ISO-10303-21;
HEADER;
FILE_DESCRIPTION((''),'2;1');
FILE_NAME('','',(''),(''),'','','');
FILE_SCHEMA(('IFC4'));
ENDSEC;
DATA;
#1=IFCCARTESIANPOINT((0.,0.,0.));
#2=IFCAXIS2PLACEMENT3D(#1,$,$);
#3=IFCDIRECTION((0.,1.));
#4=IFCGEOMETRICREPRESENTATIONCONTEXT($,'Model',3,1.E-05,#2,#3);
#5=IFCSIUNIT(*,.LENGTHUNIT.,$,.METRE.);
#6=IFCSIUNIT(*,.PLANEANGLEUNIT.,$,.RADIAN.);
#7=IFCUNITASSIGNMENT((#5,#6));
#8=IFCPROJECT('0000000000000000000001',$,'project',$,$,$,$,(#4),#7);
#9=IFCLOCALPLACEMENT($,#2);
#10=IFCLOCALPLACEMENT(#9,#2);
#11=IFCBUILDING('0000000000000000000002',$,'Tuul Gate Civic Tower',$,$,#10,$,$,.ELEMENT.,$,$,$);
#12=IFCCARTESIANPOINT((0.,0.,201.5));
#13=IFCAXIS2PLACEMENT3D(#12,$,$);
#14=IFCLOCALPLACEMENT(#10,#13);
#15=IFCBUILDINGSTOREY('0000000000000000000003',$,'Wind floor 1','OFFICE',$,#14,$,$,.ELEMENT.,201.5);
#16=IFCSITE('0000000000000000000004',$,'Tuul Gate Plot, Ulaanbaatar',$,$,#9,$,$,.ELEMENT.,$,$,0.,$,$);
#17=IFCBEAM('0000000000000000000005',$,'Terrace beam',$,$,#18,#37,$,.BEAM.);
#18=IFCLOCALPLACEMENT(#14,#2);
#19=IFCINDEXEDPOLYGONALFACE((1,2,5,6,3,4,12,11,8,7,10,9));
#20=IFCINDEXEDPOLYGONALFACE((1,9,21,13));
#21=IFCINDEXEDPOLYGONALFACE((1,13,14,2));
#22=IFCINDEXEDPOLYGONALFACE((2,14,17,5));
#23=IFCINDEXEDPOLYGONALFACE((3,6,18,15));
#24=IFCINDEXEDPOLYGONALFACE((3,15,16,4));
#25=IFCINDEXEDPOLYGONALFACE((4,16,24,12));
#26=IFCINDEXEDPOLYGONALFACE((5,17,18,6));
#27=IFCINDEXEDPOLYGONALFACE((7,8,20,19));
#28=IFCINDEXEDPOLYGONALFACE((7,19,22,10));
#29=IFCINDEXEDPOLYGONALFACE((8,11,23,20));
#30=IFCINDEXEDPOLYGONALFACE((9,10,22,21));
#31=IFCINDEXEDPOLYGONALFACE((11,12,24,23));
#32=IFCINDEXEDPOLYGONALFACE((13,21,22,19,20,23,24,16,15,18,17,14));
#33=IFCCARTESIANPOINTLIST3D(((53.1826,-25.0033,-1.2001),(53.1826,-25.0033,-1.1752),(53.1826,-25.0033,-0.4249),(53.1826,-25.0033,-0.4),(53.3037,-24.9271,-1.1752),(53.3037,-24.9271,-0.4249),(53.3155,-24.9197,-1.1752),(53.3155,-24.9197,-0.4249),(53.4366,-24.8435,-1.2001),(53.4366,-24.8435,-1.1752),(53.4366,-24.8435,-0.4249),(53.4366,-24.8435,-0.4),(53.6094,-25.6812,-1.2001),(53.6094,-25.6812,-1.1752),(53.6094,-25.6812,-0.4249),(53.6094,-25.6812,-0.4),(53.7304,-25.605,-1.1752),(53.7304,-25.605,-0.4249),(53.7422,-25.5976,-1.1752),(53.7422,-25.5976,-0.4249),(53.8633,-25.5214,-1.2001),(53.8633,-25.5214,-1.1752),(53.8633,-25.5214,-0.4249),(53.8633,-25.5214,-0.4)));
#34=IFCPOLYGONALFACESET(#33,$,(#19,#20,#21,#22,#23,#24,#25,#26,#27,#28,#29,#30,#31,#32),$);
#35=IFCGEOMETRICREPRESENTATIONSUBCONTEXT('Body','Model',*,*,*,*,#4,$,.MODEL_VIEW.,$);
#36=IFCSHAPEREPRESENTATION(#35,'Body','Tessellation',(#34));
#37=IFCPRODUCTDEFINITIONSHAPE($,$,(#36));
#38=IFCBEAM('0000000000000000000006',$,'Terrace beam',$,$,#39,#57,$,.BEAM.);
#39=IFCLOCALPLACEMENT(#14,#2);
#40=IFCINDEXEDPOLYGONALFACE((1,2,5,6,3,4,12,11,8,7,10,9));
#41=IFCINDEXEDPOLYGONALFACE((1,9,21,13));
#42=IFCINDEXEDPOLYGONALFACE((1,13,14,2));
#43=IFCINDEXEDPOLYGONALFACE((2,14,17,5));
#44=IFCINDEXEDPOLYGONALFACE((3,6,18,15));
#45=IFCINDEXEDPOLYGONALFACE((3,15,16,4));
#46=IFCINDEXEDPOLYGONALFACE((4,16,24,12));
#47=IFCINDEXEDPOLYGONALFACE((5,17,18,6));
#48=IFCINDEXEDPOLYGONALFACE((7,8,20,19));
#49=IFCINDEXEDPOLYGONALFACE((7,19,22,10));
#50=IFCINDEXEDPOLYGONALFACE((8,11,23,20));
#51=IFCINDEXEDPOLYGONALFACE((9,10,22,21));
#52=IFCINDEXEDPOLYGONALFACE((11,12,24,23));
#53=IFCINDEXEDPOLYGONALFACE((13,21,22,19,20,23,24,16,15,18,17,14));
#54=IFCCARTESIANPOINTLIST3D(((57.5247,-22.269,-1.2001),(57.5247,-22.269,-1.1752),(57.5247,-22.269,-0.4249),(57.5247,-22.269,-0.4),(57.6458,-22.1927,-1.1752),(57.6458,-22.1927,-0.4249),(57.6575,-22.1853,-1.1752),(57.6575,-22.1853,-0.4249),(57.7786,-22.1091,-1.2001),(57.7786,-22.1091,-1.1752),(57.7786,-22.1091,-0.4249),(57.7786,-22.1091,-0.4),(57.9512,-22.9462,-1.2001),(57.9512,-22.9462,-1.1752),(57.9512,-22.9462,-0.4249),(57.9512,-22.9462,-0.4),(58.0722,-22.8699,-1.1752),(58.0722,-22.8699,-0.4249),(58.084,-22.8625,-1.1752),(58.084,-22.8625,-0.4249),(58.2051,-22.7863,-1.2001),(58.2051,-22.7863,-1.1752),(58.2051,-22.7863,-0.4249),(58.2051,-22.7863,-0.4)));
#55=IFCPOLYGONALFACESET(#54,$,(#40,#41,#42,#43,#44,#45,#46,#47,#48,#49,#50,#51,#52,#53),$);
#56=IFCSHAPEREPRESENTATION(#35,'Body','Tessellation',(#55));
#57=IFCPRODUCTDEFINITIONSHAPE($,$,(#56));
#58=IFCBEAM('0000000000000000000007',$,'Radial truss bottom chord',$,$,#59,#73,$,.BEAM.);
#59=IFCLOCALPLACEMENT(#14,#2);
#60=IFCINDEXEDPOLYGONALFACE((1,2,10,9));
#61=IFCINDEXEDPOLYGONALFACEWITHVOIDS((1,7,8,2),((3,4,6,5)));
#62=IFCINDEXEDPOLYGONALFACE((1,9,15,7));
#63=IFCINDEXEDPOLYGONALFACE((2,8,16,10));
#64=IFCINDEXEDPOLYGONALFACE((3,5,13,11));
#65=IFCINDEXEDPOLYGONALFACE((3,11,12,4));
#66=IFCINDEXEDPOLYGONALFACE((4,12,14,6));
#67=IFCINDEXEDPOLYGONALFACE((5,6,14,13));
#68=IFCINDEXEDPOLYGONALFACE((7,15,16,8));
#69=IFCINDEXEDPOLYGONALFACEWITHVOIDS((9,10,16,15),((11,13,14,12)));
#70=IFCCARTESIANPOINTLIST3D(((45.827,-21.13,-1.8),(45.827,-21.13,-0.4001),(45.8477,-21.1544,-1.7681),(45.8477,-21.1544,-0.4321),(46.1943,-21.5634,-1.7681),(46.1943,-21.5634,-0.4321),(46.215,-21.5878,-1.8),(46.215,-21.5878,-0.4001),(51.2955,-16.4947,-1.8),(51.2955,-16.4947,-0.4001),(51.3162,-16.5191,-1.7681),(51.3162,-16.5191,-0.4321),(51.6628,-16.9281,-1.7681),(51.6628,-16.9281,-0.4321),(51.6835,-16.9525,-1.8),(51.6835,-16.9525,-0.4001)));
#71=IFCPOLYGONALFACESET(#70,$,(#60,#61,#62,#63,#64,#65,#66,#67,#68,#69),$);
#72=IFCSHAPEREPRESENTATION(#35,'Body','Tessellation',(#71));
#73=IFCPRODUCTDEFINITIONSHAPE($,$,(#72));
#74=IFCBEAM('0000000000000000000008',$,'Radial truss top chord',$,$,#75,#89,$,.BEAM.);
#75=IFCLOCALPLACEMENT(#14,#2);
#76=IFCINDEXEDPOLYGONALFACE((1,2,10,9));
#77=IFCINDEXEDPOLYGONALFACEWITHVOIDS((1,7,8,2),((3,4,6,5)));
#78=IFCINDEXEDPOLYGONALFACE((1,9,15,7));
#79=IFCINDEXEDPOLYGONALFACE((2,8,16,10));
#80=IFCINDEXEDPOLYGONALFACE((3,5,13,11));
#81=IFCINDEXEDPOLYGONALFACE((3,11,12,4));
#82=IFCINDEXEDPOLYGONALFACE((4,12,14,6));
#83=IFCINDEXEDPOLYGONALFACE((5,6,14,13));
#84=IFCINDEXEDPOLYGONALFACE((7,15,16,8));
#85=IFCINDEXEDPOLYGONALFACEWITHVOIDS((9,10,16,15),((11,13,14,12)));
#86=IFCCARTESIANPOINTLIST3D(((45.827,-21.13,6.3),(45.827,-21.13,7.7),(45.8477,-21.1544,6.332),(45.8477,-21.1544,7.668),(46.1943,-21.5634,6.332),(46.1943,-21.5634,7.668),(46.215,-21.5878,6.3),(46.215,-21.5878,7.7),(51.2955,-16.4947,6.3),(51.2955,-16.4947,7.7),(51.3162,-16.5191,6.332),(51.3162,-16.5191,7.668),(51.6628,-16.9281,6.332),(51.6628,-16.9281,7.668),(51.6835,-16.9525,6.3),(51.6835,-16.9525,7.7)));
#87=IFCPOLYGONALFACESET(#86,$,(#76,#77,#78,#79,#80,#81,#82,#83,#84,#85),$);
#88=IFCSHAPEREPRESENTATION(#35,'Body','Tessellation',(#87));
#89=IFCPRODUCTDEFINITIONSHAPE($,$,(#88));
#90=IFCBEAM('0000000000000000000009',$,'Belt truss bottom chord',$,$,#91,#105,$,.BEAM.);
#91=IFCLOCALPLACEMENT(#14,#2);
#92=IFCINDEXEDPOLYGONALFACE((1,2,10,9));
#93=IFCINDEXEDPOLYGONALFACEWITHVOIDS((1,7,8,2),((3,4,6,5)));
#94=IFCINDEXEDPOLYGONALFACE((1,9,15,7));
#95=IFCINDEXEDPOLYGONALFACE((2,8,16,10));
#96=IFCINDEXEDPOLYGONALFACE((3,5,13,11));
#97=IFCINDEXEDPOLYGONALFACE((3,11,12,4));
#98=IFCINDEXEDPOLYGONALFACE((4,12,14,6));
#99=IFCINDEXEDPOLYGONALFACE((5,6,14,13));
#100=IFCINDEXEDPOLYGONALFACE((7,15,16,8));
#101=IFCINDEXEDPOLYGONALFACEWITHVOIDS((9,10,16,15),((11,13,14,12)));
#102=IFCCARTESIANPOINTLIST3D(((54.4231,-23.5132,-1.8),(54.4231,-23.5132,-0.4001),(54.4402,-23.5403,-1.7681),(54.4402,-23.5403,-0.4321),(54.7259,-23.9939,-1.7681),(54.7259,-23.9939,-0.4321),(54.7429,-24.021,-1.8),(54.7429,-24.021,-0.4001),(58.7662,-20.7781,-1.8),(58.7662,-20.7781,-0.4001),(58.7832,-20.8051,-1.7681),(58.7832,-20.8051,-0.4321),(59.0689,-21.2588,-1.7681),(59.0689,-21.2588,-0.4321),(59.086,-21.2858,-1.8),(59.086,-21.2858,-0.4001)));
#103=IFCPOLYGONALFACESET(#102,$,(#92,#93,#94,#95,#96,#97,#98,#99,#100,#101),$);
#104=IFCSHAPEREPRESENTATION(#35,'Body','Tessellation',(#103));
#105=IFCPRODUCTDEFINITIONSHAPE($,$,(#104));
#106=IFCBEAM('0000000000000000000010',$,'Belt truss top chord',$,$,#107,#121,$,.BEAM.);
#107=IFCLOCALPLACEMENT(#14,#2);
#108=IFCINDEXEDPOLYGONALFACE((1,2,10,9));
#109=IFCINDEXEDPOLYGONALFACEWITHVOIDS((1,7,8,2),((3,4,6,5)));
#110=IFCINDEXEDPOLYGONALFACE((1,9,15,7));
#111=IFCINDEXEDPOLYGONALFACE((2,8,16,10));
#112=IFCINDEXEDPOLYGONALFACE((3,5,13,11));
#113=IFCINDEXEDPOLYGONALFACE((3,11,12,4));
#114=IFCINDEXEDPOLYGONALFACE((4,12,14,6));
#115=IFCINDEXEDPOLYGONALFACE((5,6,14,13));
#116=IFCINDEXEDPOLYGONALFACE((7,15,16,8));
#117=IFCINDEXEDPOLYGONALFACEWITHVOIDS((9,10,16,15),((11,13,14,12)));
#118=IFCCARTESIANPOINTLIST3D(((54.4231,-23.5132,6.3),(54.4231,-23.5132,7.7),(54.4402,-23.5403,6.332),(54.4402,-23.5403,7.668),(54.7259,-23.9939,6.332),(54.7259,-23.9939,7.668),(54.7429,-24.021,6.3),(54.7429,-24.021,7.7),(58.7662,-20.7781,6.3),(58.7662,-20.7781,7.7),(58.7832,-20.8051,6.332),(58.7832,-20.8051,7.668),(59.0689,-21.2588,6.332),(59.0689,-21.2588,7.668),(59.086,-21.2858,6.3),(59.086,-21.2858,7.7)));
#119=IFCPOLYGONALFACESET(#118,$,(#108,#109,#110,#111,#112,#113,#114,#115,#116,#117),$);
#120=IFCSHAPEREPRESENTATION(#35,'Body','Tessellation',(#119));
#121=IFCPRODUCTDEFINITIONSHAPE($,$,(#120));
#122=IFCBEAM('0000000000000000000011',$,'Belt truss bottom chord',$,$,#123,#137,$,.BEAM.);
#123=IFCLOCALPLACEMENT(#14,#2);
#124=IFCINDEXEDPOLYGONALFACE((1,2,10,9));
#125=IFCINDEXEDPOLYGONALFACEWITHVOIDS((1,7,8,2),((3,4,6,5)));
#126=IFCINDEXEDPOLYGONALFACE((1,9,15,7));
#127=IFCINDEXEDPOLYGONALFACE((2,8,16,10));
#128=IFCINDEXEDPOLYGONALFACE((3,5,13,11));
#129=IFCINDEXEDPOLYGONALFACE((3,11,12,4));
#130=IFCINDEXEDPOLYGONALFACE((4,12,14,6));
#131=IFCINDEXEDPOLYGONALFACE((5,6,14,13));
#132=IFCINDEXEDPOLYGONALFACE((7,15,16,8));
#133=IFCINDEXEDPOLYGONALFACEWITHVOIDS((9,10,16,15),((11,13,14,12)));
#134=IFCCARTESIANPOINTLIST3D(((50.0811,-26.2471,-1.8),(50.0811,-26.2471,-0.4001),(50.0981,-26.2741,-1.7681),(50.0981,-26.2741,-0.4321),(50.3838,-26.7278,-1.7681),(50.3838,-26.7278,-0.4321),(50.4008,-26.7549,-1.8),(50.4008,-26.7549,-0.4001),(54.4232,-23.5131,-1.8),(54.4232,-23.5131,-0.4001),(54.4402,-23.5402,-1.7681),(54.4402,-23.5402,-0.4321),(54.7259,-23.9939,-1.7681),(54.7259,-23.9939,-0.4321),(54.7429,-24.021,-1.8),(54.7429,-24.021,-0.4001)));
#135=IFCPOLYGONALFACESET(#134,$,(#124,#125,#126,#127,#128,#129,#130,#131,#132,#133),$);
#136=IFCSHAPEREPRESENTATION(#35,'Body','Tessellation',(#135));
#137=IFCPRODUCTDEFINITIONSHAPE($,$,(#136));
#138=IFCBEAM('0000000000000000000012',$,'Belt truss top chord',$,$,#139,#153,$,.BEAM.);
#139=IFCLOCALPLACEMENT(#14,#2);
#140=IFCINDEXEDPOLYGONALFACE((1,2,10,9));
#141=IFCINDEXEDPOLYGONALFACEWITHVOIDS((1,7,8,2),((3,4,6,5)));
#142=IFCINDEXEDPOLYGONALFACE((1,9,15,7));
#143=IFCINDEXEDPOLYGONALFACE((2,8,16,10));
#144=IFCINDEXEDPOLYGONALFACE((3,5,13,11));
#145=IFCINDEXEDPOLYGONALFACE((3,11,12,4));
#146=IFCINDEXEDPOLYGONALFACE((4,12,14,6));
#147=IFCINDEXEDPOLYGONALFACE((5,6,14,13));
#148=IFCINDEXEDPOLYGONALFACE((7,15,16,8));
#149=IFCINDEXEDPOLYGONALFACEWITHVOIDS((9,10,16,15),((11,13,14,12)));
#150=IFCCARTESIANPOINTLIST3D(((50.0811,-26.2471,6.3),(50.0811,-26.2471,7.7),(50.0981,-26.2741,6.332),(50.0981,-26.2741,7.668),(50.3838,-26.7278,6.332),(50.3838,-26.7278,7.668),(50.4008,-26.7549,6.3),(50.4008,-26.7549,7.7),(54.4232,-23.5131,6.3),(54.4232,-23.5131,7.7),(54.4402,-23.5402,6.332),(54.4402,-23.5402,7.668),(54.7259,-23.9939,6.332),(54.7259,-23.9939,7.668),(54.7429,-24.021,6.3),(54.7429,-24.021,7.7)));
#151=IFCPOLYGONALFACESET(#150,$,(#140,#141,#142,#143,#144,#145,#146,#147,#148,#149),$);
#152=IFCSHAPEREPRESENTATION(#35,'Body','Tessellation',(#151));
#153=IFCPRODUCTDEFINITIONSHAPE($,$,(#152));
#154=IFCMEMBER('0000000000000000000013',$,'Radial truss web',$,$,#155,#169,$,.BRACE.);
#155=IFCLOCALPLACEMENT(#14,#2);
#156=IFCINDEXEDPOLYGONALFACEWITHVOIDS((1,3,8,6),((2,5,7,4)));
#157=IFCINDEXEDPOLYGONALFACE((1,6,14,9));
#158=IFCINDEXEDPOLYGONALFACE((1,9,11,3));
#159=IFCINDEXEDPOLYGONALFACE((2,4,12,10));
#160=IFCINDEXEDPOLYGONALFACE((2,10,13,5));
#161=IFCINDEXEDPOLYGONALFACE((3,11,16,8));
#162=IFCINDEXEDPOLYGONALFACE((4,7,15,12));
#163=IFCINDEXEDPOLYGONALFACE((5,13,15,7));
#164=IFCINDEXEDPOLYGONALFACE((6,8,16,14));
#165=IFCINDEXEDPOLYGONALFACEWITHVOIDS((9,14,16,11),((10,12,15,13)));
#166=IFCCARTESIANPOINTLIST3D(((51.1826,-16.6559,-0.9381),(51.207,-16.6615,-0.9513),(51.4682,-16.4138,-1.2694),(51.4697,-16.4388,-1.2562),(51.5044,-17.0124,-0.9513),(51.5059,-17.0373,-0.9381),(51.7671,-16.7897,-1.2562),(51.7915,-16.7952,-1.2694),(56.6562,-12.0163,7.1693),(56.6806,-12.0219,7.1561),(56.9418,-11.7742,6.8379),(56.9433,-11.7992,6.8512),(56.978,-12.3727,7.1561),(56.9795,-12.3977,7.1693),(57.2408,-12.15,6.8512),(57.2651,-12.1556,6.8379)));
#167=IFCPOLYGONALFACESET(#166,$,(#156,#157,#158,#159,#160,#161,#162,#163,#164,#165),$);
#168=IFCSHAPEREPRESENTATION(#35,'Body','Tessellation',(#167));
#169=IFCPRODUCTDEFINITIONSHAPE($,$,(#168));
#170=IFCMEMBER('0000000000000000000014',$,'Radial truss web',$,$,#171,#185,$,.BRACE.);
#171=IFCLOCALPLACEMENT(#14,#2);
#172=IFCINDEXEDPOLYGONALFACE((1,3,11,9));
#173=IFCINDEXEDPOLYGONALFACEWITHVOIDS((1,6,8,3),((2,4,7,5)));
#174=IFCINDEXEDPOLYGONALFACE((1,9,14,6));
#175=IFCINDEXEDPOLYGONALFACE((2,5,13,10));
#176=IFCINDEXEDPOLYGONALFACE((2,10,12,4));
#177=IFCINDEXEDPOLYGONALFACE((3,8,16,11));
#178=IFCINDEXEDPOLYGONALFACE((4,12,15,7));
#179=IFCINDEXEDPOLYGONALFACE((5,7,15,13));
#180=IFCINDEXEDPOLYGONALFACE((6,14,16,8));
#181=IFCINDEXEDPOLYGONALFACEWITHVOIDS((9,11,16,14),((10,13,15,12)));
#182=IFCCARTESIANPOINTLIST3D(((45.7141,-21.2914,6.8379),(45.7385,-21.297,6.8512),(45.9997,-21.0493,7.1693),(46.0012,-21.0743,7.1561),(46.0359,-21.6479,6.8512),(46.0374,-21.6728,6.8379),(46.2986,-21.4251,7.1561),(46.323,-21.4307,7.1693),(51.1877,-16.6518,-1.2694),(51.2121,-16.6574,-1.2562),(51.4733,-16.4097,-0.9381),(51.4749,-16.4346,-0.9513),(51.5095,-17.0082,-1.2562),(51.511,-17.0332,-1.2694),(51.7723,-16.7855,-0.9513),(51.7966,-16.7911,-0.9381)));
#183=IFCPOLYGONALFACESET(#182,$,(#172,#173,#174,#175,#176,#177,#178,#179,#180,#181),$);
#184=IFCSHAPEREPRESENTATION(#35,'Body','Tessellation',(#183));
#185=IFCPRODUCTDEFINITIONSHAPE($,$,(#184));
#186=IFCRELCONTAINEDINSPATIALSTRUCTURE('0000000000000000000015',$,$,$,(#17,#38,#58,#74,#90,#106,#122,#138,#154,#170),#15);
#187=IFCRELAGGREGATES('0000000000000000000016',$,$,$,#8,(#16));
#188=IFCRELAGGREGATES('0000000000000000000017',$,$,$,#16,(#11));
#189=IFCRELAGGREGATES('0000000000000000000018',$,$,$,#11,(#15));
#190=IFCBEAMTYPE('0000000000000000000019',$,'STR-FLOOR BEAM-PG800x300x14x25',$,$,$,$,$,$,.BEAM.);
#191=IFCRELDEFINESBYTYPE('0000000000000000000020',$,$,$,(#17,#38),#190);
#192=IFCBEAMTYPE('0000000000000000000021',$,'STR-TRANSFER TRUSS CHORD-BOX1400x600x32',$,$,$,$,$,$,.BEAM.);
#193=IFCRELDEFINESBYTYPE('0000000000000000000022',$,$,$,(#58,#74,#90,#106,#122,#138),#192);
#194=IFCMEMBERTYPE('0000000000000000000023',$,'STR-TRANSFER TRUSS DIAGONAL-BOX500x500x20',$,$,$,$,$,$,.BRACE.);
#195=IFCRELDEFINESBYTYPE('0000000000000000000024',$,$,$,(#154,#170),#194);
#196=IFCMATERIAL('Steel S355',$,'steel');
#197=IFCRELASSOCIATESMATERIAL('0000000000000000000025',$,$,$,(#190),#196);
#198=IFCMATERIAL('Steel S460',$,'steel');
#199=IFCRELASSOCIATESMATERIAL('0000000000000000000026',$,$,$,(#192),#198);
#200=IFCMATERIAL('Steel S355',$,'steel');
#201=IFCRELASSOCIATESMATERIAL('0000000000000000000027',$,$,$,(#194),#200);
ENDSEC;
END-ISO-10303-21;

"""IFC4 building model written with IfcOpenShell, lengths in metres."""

from ifc_helpers import new_model, si_unit, direction, frame, origin, origin_2d, place, context, subcontext, project, spatial, hollow_rectangle, i_section, extrude, material, material_profile, profile_set, type_object, element, save


model = new_model("IFC4")

# Units and contexts
model_context = context("Model", 3, precision=1e-05, world=origin(), true_north=direction((0.0, 1.0)))
body_context = subcontext(model_context, "Body", "Model", "MODEL_VIEW")
ifc_project = project(units=[si_unit("LENGTHUNIT", "METRE"), si_unit("PLANEANGLEUNIT", "RADIAN")], contexts=[model_context])

# Site, building, storey
site_placement = place(None, origin())
site = spatial("IfcSite", under=ifc_project, at=site_placement, Name="Tuul Gate Plot, Ulaanbaatar", CompositionType="ELEMENT", RefElevation=0.0)
building_placement = place(site_placement, origin())
building = spatial("IfcBuilding", under=site, at=building_placement, Name="Tuul Gate Civic Tower", CompositionType="ELEMENT")
storey_placement = place(building_placement, frame((0.0, 0.0, 201.5)))
storey = spatial("IfcBuildingStorey", under=building, at=storey_placement, Name="Wind floor 1", Description="OFFICE", CompositionType="ELEMENT", Elevation=201.5)

# Beams
ifc_material_1 = material(Name="Steel S355", Category="steel")
ifc_material_profile_1 = material_profile(ifc_material_1, i_section(OverallWidth=0.3, OverallDepth=0.8, WebThickness=0.0139, FlangeThickness=0.0249, at=origin_2d()), Name="PG800x300x14x25")
ifc_profile_set_1 = profile_set([ifc_material_profile_1], Name="Steel S355")
beam_type_1 = type_object("IfcBeamType", Name="STR-FLOOR BEAM-PG800x300x14x25", PredefinedType="BEAM", material=ifc_profile_set_1)
beam_1_placement = place(storey_placement, frame((53.7363, -25.6013, -0.8), z_axis=(-0.532708, 0.846299, 0.0), x_axis=(-0.846299, -0.532708, 0.0)))
element("IfcBeam", 1, at=beam_1_placement, inside=storey, type_object=beam_type_1, Name="Terrace beam", PredefinedType="BEAM", context=body_context, shape_type="SweptSolid", body=[
    extrude(i_section(OverallWidth=0.3, OverallDepth=0.8, WebThickness=0.0139, FlangeThickness=0.0249, at=origin_2d()), origin(), (0.0, 0.0, 1.0), 0.801),
])
beam_2_placement = place(storey_placement, frame((58.0781, -22.8662, -0.8), z_axis=(-0.532902, 0.846177, 0.0), x_axis=(-0.846177, -0.532902, 0.0)))
element("IfcBeam", 2, at=beam_2_placement, inside=storey, type_object=beam_type_1, Name="Terrace beam", PredefinedType="BEAM", context=body_context, shape_type="SweptSolid", body=[
    extrude(i_section(OverallWidth=0.3, OverallDepth=0.8, WebThickness=0.0139, FlangeThickness=0.0249, at=origin_2d()), origin(), (0.0, 0.0, 1.0), 0.8003),
])
ifc_material_2 = material(Name="Steel S460", Category="steel")
ifc_material_profile_2 = material_profile(ifc_material_2, hollow_rectangle(XDim=0.6001, YDim=1.3999, WallThickness=0.032, at=origin_2d()), Name="BOX1400x600x32")
ifc_profile_set_2 = profile_set([ifc_material_profile_2], Name="Steel S460")
beam_type_2 = type_object("IfcBeamType", Name="STR-TRANSFER TRUSS CHORD-BOX1400x600x32", PredefinedType="BEAM", material=ifc_profile_set_2)
for number, where, z_axis, x_axis, name in (
    (3, (51.4895, -16.7236, -1.1001), (-0.762832, -0.646597, 0.0), (0.646597, -0.762832, 0.0), "Radial truss bottom chord"),
    (4, (51.4895, -16.7236, 7.0), (-0.762832, -0.646597, 0.0), (0.646597, -0.762832, 0.0), "Radial truss top chord"),
):
    element("IfcBeam", number, at=place(storey_placement, frame(where, z_axis=z_axis, x_axis=x_axis)), inside=storey, type_object=beam_type_2, Name=name, PredefinedType="BEAM", context=body_context, shape_type="SweptSolid", body=[
        extrude(hollow_rectangle(XDim=0.6001, YDim=1.3999, WallThickness=0.032, at=origin_2d()), origin(), (0.0, 0.0, 1.0), 7.1687),
    ])
for number, where, z_axis, x_axis, name in (
    (5, (54.583, -23.7671, -1.1001), (0.846179, 0.532899, 0.0), (-0.532899, 0.846179, 0.0), "Belt truss bottom chord"),
    (6, (54.583, -23.7671, 7.0), (0.846179, 0.532899, 0.0), (-0.532899, 0.846179, 0.0), "Belt truss top chord"),
):
    element("IfcBeam", number, at=place(storey_placement, frame(where, z_axis=z_axis, x_axis=x_axis)), inside=storey, type_object=beam_type_2, Name=name, PredefinedType="BEAM", context=body_context, shape_type="SweptSolid", body=[
        extrude(hollow_rectangle(XDim=0.6001, YDim=1.3999, WallThickness=0.032, at=origin_2d()), origin(), (0.0, 0.0, 1.0), 5.1326),
    ])
for number, where, z_axis, x_axis, name in (
    (7, (50.241, -26.501, -1.1001), (0.846232, 0.532815, 0.0), (-0.532815, 0.846232, 0.0), "Belt truss bottom chord"),
    (8, (50.241, -26.501, 7.0), (0.846232, 0.532815, 0.0), (-0.532815, 0.846232, 0.0), "Belt truss top chord"),
):
    element("IfcBeam", number, at=place(storey_placement, frame(where, z_axis=z_axis, x_axis=x_axis)), inside=storey, type_object=beam_type_2, Name=name, PredefinedType="BEAM", context=body_context, shape_type="SweptSolid", body=[
        extrude(hollow_rectangle(XDim=0.6001, YDim=1.3999, WallThickness=0.032, at=origin_2d()), origin(), (0.0, 0.0, 1.0), 5.1311),
    ])

# Members
ifc_material_3 = material(Name="Steel S355", Category="steel")
ifc_material_profile_3 = material_profile(ifc_material_3, hollow_rectangle(XDim=0.5, YDim=0.5, WallThickness=0.02, at=origin_2d()), Name="BOX500x500x20")
ifc_profile_set_3 = profile_set([ifc_material_profile_3], Name="Steel S355")
member_type_1 = type_object("IfcMemberType", Name="STR-TRANSFER TRUSS DIAGONAL-BOX500x500x20", PredefinedType="BRACE", material=ifc_profile_set_3)
for number, where, z_axis, x_axis, name in (
    (9, (51.4871, -16.7256, -1.1038), (0.505568, 0.428538, 0.748836), (-0.646601, 0.762828, 0.0), "Radial truss web"),
    (10, (51.4922, -16.7214, -1.1038), (-0.505568, -0.428538, 0.748836), (0.646601, -0.762828, 0.0), "Radial truss web"),
):
    element("IfcMember", number, at=place(storey_placement, frame(where, z_axis=z_axis, x_axis=x_axis)), inside=storey, type_object=member_type_1, Name=name, PredefinedType="BRACE", context=body_context, shape_type="SweptSolid", body=[
        extrude(hollow_rectangle(XDim=0.5, YDim=0.5, WallThickness=0.02, at=origin_2d()), origin(), (0.0, 0.0, 1.0), 10.8267),
    ])

save(model, "model.ifc")
